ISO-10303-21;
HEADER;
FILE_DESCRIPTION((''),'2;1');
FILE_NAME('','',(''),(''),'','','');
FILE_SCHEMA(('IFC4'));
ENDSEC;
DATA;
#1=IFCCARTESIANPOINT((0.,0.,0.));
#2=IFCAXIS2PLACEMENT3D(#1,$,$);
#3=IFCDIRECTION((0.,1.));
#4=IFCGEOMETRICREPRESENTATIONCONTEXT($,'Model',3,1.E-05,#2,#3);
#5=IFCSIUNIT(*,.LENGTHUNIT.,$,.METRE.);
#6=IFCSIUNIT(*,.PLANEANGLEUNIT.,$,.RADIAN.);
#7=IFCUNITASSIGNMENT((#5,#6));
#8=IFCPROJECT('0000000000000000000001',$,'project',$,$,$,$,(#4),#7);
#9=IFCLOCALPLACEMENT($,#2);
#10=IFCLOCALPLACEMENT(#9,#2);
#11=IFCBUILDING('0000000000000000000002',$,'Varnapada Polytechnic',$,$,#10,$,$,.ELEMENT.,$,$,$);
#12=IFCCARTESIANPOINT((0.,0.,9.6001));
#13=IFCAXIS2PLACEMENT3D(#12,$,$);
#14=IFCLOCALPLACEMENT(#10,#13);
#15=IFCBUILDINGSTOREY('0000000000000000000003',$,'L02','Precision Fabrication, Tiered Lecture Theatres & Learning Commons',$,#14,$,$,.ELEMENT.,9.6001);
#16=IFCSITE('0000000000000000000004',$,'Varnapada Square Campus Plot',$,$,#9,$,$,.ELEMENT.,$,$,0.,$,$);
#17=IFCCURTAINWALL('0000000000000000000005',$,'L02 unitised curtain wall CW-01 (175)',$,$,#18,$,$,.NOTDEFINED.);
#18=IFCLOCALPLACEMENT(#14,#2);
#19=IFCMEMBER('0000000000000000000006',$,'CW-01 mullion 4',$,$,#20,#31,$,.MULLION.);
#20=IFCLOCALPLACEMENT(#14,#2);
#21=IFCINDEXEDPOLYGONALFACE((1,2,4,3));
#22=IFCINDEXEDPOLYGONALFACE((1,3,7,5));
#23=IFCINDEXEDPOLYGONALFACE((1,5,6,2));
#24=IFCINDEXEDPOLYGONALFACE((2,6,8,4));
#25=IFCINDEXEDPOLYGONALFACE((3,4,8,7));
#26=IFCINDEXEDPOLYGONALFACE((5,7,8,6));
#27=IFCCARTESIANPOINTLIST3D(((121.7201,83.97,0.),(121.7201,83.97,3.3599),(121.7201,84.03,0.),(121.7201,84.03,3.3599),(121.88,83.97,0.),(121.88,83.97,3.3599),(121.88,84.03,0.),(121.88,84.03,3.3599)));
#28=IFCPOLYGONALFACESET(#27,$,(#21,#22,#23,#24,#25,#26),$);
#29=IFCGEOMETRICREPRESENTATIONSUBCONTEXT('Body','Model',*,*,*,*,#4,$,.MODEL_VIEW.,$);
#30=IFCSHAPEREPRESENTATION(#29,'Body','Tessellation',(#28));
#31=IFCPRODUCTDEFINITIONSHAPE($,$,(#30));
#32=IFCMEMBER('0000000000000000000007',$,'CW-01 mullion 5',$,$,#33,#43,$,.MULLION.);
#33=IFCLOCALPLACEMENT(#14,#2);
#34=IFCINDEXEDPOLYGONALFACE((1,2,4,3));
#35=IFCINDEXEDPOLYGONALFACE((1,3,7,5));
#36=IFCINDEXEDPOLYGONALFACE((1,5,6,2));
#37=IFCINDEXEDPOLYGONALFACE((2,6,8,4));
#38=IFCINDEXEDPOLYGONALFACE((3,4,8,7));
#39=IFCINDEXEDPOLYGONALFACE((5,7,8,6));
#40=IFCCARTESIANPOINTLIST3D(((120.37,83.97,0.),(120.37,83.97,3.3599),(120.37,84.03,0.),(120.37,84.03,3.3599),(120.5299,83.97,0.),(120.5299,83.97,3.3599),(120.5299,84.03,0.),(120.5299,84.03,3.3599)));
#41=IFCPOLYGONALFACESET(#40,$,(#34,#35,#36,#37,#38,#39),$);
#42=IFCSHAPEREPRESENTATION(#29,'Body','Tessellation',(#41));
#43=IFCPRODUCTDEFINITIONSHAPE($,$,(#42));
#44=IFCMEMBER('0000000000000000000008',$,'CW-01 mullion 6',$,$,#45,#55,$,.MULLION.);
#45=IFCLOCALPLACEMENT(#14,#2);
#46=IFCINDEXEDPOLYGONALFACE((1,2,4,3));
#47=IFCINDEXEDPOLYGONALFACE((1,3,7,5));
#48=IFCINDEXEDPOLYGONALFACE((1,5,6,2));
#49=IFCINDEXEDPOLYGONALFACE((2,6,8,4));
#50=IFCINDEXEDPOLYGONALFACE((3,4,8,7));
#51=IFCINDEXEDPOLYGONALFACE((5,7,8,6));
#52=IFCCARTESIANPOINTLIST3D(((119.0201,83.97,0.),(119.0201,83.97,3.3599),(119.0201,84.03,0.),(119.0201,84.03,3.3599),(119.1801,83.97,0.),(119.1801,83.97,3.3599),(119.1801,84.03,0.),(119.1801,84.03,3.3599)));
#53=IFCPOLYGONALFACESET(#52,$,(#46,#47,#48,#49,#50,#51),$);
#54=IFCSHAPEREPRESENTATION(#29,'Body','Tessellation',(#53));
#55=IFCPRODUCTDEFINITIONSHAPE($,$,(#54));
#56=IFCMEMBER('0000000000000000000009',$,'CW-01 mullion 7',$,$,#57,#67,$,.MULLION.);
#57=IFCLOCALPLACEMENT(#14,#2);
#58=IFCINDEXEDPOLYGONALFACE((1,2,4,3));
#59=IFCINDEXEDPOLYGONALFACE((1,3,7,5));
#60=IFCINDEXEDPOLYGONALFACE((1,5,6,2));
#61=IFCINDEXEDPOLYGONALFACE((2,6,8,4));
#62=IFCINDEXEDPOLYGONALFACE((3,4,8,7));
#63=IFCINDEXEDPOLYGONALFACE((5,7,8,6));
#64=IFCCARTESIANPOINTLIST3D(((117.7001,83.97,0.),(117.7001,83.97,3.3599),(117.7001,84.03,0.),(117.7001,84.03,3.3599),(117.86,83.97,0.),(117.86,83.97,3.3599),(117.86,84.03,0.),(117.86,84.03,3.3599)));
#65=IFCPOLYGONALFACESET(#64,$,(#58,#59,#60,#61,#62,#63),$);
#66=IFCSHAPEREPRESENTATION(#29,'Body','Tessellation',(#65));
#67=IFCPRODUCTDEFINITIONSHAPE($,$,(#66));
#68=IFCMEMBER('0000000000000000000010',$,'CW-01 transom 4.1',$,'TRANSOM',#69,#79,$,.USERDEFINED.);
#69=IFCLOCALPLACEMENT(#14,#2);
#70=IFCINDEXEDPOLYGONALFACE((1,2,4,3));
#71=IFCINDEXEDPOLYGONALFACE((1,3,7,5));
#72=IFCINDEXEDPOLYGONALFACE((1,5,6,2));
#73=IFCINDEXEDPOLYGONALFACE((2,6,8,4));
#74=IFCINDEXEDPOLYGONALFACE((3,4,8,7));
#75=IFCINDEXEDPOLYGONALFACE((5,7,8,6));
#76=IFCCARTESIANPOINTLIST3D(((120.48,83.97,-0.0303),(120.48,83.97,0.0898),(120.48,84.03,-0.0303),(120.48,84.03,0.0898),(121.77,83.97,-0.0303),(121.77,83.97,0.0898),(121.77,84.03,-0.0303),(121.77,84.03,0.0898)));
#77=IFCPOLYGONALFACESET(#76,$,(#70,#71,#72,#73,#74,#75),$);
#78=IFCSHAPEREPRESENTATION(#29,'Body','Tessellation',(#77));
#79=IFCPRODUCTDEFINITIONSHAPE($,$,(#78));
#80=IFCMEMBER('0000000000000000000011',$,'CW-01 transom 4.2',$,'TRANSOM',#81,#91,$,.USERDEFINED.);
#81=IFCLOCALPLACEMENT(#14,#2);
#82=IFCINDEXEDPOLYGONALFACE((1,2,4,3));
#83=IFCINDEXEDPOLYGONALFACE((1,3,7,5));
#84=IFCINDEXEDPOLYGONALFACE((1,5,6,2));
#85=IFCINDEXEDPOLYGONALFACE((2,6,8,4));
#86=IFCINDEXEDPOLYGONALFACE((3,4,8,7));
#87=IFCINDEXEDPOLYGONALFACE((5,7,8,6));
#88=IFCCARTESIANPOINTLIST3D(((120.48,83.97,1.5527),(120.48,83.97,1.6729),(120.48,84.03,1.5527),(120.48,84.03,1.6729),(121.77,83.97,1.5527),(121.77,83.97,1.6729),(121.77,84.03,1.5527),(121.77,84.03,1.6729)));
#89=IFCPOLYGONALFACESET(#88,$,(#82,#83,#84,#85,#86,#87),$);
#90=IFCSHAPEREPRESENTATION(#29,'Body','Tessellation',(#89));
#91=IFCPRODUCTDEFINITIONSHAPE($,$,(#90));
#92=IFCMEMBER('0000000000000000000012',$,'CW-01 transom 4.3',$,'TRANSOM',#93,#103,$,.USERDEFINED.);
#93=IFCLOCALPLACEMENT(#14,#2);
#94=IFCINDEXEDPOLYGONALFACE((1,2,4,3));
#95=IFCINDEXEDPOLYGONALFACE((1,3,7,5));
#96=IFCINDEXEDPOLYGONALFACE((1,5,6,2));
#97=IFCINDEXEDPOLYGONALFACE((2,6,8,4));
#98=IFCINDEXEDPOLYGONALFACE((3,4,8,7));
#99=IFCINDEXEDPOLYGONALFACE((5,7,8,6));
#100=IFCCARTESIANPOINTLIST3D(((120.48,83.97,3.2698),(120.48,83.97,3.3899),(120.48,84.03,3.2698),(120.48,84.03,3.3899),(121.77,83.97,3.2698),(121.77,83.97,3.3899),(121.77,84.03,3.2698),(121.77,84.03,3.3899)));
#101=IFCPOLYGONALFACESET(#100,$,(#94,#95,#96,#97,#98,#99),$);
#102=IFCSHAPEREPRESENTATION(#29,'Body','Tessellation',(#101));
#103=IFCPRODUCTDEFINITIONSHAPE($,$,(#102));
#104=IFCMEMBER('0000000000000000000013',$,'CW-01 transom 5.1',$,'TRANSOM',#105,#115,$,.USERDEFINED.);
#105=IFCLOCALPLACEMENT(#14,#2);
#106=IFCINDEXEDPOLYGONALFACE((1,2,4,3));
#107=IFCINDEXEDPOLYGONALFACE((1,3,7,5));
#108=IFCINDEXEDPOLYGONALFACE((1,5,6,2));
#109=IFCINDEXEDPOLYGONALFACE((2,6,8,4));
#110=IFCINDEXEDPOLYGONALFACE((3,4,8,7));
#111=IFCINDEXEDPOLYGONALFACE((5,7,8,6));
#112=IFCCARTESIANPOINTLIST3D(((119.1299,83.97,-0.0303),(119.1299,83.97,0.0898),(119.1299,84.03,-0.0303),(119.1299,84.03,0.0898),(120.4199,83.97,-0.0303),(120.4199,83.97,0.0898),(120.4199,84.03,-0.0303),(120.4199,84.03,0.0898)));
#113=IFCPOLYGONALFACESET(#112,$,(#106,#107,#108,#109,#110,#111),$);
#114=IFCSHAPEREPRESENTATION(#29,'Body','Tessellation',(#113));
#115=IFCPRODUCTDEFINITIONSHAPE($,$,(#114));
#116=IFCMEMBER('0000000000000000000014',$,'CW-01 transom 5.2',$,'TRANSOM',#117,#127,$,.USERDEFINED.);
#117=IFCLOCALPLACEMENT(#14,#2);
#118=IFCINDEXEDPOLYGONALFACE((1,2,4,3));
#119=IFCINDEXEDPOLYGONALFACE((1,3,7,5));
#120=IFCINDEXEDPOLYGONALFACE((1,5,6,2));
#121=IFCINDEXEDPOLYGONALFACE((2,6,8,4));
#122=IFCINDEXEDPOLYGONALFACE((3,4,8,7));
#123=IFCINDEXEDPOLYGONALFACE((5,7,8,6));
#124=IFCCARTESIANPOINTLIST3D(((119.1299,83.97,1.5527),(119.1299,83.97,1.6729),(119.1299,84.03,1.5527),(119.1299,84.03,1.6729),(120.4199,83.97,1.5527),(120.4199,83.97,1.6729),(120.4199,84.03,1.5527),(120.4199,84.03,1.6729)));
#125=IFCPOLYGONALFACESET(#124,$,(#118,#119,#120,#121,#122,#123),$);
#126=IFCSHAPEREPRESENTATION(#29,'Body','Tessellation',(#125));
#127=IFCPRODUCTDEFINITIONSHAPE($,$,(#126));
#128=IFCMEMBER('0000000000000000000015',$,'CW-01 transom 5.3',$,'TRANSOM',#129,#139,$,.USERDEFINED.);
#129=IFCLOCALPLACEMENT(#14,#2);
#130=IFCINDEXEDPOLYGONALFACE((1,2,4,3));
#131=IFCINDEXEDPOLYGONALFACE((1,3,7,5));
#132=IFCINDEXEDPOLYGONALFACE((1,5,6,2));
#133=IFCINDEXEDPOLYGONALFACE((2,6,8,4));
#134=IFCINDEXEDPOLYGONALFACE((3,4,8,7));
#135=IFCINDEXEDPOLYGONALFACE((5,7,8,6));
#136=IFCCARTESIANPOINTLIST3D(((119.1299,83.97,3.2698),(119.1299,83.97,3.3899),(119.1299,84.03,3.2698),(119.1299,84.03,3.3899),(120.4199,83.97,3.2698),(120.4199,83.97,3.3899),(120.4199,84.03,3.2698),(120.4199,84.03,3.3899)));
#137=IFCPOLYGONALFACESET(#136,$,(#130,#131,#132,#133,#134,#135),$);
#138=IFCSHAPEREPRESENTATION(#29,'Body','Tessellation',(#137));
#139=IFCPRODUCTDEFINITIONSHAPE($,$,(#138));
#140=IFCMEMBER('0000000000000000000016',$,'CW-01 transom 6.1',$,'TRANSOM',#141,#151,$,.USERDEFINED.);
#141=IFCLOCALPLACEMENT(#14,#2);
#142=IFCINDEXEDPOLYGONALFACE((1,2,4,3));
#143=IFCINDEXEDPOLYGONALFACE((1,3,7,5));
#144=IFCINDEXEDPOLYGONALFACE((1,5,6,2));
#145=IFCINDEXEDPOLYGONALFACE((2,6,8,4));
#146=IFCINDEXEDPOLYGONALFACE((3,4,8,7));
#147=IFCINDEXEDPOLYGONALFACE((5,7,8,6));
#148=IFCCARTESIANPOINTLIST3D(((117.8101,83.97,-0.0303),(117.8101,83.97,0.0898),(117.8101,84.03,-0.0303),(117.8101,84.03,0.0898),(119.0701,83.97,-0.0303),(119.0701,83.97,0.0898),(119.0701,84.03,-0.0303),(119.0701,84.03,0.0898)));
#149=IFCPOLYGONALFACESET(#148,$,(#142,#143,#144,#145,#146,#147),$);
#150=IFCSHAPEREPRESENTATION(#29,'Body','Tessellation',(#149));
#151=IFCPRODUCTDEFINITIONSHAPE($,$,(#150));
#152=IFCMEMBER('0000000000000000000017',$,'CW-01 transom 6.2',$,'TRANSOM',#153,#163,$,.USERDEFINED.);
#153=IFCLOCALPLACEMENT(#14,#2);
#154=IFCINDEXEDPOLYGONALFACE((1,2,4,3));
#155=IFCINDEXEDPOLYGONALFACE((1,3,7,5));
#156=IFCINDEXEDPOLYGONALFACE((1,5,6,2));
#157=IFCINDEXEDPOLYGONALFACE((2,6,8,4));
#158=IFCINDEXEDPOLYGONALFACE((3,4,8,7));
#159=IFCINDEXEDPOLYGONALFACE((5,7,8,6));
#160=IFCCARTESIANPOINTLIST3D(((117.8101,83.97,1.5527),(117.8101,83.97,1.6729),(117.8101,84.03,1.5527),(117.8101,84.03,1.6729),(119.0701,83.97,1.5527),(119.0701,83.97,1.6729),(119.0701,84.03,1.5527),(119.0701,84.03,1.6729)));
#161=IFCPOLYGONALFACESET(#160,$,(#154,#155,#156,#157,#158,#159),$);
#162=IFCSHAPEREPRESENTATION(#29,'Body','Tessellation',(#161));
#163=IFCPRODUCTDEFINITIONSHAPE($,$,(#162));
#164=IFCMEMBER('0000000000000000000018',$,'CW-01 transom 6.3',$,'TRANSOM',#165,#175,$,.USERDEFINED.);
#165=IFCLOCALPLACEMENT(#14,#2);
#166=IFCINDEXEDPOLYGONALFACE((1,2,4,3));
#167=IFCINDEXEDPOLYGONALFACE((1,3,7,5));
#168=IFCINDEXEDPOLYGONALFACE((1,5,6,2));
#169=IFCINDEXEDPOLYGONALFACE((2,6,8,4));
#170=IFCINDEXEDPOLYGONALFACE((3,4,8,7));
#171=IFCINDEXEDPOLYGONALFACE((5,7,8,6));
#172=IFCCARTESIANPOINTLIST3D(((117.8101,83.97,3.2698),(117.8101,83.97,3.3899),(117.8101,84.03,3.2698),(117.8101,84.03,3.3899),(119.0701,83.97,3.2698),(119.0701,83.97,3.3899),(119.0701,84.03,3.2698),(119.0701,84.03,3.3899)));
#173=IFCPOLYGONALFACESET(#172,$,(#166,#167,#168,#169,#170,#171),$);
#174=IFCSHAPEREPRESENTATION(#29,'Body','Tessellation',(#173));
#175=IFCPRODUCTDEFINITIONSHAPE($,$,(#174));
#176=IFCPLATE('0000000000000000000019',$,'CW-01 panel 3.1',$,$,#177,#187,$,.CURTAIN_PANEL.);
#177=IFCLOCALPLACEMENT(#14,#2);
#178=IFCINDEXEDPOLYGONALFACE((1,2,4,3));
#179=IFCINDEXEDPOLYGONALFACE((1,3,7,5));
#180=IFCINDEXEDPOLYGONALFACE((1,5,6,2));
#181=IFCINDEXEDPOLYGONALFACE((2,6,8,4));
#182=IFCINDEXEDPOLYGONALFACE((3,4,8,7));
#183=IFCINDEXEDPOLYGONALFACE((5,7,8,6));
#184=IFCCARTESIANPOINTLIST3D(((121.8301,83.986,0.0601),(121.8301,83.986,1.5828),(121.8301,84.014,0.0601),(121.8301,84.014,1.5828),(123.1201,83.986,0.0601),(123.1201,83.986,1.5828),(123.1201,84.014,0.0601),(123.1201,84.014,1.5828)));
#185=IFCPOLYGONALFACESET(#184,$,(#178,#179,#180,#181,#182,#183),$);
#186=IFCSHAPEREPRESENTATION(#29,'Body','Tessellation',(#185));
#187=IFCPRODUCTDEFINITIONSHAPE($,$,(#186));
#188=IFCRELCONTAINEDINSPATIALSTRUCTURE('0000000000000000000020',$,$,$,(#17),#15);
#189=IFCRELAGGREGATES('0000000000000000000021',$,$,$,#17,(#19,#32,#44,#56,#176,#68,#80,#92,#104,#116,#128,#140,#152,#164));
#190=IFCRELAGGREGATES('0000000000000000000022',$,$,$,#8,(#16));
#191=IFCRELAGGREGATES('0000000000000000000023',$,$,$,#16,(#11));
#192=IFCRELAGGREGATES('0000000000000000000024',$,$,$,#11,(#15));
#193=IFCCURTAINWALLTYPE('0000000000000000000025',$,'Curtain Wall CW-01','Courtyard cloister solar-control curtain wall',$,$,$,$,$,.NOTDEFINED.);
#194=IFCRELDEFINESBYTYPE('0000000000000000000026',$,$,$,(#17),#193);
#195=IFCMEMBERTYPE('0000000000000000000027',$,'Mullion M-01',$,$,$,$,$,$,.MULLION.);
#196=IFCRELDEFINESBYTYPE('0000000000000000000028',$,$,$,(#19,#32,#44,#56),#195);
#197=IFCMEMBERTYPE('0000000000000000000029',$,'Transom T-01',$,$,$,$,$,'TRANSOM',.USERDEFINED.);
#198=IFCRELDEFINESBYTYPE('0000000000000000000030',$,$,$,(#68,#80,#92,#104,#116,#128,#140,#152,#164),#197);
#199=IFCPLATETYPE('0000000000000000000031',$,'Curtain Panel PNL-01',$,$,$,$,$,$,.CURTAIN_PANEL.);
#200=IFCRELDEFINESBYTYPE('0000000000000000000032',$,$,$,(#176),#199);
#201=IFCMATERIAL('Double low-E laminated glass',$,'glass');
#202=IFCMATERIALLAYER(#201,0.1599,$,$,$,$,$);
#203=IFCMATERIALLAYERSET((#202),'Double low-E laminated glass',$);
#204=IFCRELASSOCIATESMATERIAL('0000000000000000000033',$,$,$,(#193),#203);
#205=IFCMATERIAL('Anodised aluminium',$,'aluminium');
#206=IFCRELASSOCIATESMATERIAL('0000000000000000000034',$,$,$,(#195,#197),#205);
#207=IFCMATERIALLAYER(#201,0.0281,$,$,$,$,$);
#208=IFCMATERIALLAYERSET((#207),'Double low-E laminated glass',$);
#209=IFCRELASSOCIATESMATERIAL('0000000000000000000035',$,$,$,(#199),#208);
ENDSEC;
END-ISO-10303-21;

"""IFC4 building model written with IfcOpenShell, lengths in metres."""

from ifc_helpers import new_model, si_unit, direction, frame, origin, origin_2d, place, context, subcontext, project, spatial, rectangle, extrude, material, layer, layer_set, material_profile, profile_set, type_object, element, aggregate, save


model = new_model("IFC4")

# Units and contexts
model_context = context("Model", 3, precision=1e-05, world=origin(), true_north=direction((0.0, 1.0)))
body_context = subcontext(model_context, "Body", "Model", "MODEL_VIEW")
ifc_project = project(units=[si_unit("LENGTHUNIT", "METRE"), si_unit("PLANEANGLEUNIT", "RADIAN")], contexts=[model_context])

# Site, building, storey
site_placement = place(None, origin())
site = spatial("IfcSite", under=ifc_project, at=site_placement, Name="Varnapada Square Campus Plot", CompositionType="ELEMENT", RefElevation=0.0)
building_placement = place(site_placement, origin())
building = spatial("IfcBuilding", under=site, at=building_placement, Name="Varnapada Polytechnic", CompositionType="ELEMENT")
storey_placement = place(building_placement, frame((0.0, 0.0, 9.6001)))
storey = spatial("IfcBuildingStorey", under=building, at=storey_placement, Name="L02", Description="Precision Fabrication, Tiered Lecture Theatres & Learning Commons", CompositionType="ELEMENT", Elevation=9.6001)

# Curtain wall, members, plate
ifc_material_1 = material(Name="Double low-E laminated glass", Category="glass")
ifc_layer_1 = layer(ifc_material_1, 0.1599)
ifc_layer_set_1 = layer_set([ifc_layer_1], Name="Double low-E laminated glass")
curtain_wall_type = type_object("IfcCurtainWallType", Name="Curtain Wall CW-01", Description="Courtyard cloister solar-control curtain wall", PredefinedType="NOTDEFINED", material=ifc_layer_set_1)
curtain_wall_placement = place(storey_placement, origin())
curtain_wall = element("IfcCurtainWall", 1, at=curtain_wall_placement, inside=storey, type_object=curtain_wall_type, Name="L02 unitised curtain wall CW-01 (175)", PredefinedType="NOTDEFINED")
ifc_material_2 = material(Name="Anodised aluminium", Category="aluminium")
ifc_material_profile_1 = material_profile(ifc_material_2, rectangle(XDim=0.0601, YDim=0.1599, at=origin_2d()), Name="ALU M60x160")
ifc_profile_set_1 = profile_set([ifc_material_profile_1], Name="Anodised aluminium")
member_type_1 = type_object("IfcMemberType", Name="Mullion M-01", PredefinedType="MULLION", material=ifc_profile_set_1)
member_1_placement = place(storey_placement, frame((121.8, 84.0, 0.0), z_axis=(0.0, 0.0, 1.0), x_axis=(0.0, -1.0, 0.0)))
member_1 = element("IfcMember", 2, at=member_1_placement, type_object=member_type_1, Name="CW-01 mullion 4", PredefinedType="MULLION", context=body_context, shape_type="SweptSolid", body=[
    extrude(rectangle(XDim=0.0601, YDim=0.1599, at=origin_2d()), origin(), (0.0, 0.0, 1.0), 3.3599),
])
member_2_placement = place(storey_placement, frame((120.45, 84.0, 0.0), z_axis=(0.0, 0.0, 1.0), x_axis=(0.0, -1.0, 0.0)))
member_2 = element("IfcMember", 3, at=member_2_placement, type_object=member_type_1, Name="CW-01 mullion 5", PredefinedType="MULLION", context=body_context, shape_type="SweptSolid", body=[
    extrude(rectangle(XDim=0.0601, YDim=0.1599, at=origin_2d()), origin(), (0.0, 0.0, 1.0), 3.3599),
])
member_3_placement = place(storey_placement, frame((119.1001, 84.0, 0.0), z_axis=(0.0, 0.0, 1.0), x_axis=(0.0, -1.0, 0.0)))
member_3 = element("IfcMember", 4, at=member_3_placement, type_object=member_type_1, Name="CW-01 mullion 6", PredefinedType="MULLION", context=body_context, shape_type="SweptSolid", body=[
    extrude(rectangle(XDim=0.0601, YDim=0.1599, at=origin_2d()), origin(), (0.0, 0.0, 1.0), 3.3599),
])
member_4_placement = place(storey_placement, frame((117.78, 84.0, 0.0), z_axis=(0.0, 0.0, 1.0), x_axis=(0.0, -1.0, 0.0)))
member_4 = element("IfcMember", 5, at=member_4_placement, type_object=member_type_1, Name="CW-01 mullion 7", PredefinedType="MULLION", context=body_context, shape_type="SweptSolid", body=[
    extrude(rectangle(XDim=0.0601, YDim=0.1599, at=origin_2d()), origin(), (0.0, 0.0, 1.0), 3.3599),
])
ifc_material_profile_2 = material_profile(ifc_material_2, rectangle(XDim=0.0601, YDim=0.1201, at=origin_2d()), Name="ALU T60x120")
ifc_profile_set_2 = profile_set([ifc_material_profile_2], Name="Anodised aluminium")
member_type_2 = type_object("IfcMemberType", Name="Transom T-01", ElementType="TRANSOM", PredefinedType="USERDEFINED", material=ifc_profile_set_2)
member_5_placement = place(storey_placement, frame((121.77, 84.0, 0.0298), z_axis=(-1.0, 0.0, 0.0), x_axis=(0.0, -1.0, 0.0)))
member_5 = element("IfcMember", 6, at=member_5_placement, type_object=member_type_2, Name="CW-01 transom 4.1", ObjectType="TRANSOM", PredefinedType="USERDEFINED", context=body_context, shape_type="SweptSolid", body=[
    extrude(rectangle(XDim=0.0601, YDim=0.1201, at=origin_2d()), origin(), (0.0, 0.0, 1.0), 1.29),
])
member_6_placement = place(storey_placement, frame((121.77, 84.0, 1.6128), z_axis=(-1.0, 0.0, 0.0), x_axis=(0.0, -1.0, 0.0)))
member_6 = element("IfcMember", 7, at=member_6_placement, type_object=member_type_2, Name="CW-01 transom 4.2", ObjectType="TRANSOM", PredefinedType="USERDEFINED", context=body_context, shape_type="SweptSolid", body=[
    extrude(rectangle(XDim=0.0601, YDim=0.1201, at=origin_2d()), origin(), (0.0, 0.0, 1.0), 1.29),
])
member_7_placement = place(storey_placement, frame((121.77, 84.0, 3.3298), z_axis=(-1.0, 0.0, 0.0), x_axis=(0.0, -1.0, 0.0)))
member_7 = element("IfcMember", 8, at=member_7_placement, type_object=member_type_2, Name="CW-01 transom 4.3", ObjectType="TRANSOM", PredefinedType="USERDEFINED", context=body_context, shape_type="SweptSolid", body=[
    extrude(rectangle(XDim=0.0601, YDim=0.1201, at=origin_2d()), origin(), (0.0, 0.0, 1.0), 1.29),
])
member_8_placement = place(storey_placement, frame((120.4199, 84.0, 0.0298), z_axis=(-1.0, 0.0, 0.0), x_axis=(0.0, -1.0, 0.0)))
member_8 = element("IfcMember", 9, at=member_8_placement, type_object=member_type_2, Name="CW-01 transom 5.1", ObjectType="TRANSOM", PredefinedType="USERDEFINED", context=body_context, shape_type="SweptSolid", body=[
    extrude(rectangle(XDim=0.0601, YDim=0.1201, at=origin_2d()), origin(), (0.0, 0.0, 1.0), 1.29),
])
member_9_placement = place(storey_placement, frame((120.4199, 84.0, 1.6128), z_axis=(-1.0, 0.0, 0.0), x_axis=(0.0, -1.0, 0.0)))
member_9 = element("IfcMember", 10, at=member_9_placement, type_object=member_type_2, Name="CW-01 transom 5.2", ObjectType="TRANSOM", PredefinedType="USERDEFINED", context=body_context, shape_type="SweptSolid", body=[
    extrude(rectangle(XDim=0.0601, YDim=0.1201, at=origin_2d()), origin(), (0.0, 0.0, 1.0), 1.29),
])
member_10_placement = place(storey_placement, frame((120.4199, 84.0, 3.3298), z_axis=(-1.0, 0.0, 0.0), x_axis=(0.0, -1.0, 0.0)))
member_10 = element("IfcMember", 11, at=member_10_placement, type_object=member_type_2, Name="CW-01 transom 5.3", ObjectType="TRANSOM", PredefinedType="USERDEFINED", context=body_context, shape_type="SweptSolid", body=[
    extrude(rectangle(XDim=0.0601, YDim=0.1201, at=origin_2d()), origin(), (0.0, 0.0, 1.0), 1.29),
])
member_11_placement = place(storey_placement, frame((119.0701, 84.0, 0.0298), z_axis=(-1.0, 0.0, 0.0), x_axis=(0.0, -1.0, 0.0)))
member_11 = element("IfcMember", 12, at=member_11_placement, type_object=member_type_2, Name="CW-01 transom 6.1", ObjectType="TRANSOM", PredefinedType="USERDEFINED", context=body_context, shape_type="SweptSolid", body=[
    extrude(rectangle(XDim=0.0601, YDim=0.1201, at=origin_2d()), origin(), (0.0, 0.0, 1.0), 1.26),
])
member_12_placement = place(storey_placement, frame((119.0701, 84.0, 1.6128), z_axis=(-1.0, 0.0, 0.0), x_axis=(0.0, -1.0, 0.0)))
member_12 = element("IfcMember", 13, at=member_12_placement, type_object=member_type_2, Name="CW-01 transom 6.2", ObjectType="TRANSOM", PredefinedType="USERDEFINED", context=body_context, shape_type="SweptSolid", body=[
    extrude(rectangle(XDim=0.0601, YDim=0.1201, at=origin_2d()), origin(), (0.0, 0.0, 1.0), 1.26),
])
member_13_placement = place(storey_placement, frame((119.0701, 84.0, 3.3298), z_axis=(-1.0, 0.0, 0.0), x_axis=(0.0, -1.0, 0.0)))
member_13 = element("IfcMember", 14, at=member_13_placement, type_object=member_type_2, Name="CW-01 transom 6.3", ObjectType="TRANSOM", PredefinedType="USERDEFINED", context=body_context, shape_type="SweptSolid", body=[
    extrude(rectangle(XDim=0.0601, YDim=0.1201, at=origin_2d()), origin(), (0.0, 0.0, 1.0), 1.26),
])
ifc_layer_2 = layer(ifc_material_1, 0.0281)
ifc_layer_set_2 = layer_set([ifc_layer_2], Name="Double low-E laminated glass")
plate_type = type_object("IfcPlateType", Name="Curtain Panel PNL-01", PredefinedType="CURTAIN_PANEL", material=ifc_layer_set_2)
plate_1_placement = place(storey_placement, frame((122.4751, 84.0, 0.0601), z_axis=(0.0, 0.0, 1.0), x_axis=(-1.0, 0.0, 0.0)))
plate_1 = element("IfcPlate", 15, at=plate_1_placement, type_object=plate_type, Name="CW-01 panel 3.1", PredefinedType="CURTAIN_PANEL", context=body_context, shape_type="SweptSolid", body=[
    extrude(rectangle(XDim=1.29, YDim=0.0281, at=origin_2d()), origin(), (0.0, 0.0, 1.0), 1.5227),
])
aggregate(curtain_wall, [member_1, member_2, member_3, member_4, plate_1, member_5, member_6, member_7, member_8, member_9, member_10, member_11, member_12, member_13])

save(model, "model.ifc")
